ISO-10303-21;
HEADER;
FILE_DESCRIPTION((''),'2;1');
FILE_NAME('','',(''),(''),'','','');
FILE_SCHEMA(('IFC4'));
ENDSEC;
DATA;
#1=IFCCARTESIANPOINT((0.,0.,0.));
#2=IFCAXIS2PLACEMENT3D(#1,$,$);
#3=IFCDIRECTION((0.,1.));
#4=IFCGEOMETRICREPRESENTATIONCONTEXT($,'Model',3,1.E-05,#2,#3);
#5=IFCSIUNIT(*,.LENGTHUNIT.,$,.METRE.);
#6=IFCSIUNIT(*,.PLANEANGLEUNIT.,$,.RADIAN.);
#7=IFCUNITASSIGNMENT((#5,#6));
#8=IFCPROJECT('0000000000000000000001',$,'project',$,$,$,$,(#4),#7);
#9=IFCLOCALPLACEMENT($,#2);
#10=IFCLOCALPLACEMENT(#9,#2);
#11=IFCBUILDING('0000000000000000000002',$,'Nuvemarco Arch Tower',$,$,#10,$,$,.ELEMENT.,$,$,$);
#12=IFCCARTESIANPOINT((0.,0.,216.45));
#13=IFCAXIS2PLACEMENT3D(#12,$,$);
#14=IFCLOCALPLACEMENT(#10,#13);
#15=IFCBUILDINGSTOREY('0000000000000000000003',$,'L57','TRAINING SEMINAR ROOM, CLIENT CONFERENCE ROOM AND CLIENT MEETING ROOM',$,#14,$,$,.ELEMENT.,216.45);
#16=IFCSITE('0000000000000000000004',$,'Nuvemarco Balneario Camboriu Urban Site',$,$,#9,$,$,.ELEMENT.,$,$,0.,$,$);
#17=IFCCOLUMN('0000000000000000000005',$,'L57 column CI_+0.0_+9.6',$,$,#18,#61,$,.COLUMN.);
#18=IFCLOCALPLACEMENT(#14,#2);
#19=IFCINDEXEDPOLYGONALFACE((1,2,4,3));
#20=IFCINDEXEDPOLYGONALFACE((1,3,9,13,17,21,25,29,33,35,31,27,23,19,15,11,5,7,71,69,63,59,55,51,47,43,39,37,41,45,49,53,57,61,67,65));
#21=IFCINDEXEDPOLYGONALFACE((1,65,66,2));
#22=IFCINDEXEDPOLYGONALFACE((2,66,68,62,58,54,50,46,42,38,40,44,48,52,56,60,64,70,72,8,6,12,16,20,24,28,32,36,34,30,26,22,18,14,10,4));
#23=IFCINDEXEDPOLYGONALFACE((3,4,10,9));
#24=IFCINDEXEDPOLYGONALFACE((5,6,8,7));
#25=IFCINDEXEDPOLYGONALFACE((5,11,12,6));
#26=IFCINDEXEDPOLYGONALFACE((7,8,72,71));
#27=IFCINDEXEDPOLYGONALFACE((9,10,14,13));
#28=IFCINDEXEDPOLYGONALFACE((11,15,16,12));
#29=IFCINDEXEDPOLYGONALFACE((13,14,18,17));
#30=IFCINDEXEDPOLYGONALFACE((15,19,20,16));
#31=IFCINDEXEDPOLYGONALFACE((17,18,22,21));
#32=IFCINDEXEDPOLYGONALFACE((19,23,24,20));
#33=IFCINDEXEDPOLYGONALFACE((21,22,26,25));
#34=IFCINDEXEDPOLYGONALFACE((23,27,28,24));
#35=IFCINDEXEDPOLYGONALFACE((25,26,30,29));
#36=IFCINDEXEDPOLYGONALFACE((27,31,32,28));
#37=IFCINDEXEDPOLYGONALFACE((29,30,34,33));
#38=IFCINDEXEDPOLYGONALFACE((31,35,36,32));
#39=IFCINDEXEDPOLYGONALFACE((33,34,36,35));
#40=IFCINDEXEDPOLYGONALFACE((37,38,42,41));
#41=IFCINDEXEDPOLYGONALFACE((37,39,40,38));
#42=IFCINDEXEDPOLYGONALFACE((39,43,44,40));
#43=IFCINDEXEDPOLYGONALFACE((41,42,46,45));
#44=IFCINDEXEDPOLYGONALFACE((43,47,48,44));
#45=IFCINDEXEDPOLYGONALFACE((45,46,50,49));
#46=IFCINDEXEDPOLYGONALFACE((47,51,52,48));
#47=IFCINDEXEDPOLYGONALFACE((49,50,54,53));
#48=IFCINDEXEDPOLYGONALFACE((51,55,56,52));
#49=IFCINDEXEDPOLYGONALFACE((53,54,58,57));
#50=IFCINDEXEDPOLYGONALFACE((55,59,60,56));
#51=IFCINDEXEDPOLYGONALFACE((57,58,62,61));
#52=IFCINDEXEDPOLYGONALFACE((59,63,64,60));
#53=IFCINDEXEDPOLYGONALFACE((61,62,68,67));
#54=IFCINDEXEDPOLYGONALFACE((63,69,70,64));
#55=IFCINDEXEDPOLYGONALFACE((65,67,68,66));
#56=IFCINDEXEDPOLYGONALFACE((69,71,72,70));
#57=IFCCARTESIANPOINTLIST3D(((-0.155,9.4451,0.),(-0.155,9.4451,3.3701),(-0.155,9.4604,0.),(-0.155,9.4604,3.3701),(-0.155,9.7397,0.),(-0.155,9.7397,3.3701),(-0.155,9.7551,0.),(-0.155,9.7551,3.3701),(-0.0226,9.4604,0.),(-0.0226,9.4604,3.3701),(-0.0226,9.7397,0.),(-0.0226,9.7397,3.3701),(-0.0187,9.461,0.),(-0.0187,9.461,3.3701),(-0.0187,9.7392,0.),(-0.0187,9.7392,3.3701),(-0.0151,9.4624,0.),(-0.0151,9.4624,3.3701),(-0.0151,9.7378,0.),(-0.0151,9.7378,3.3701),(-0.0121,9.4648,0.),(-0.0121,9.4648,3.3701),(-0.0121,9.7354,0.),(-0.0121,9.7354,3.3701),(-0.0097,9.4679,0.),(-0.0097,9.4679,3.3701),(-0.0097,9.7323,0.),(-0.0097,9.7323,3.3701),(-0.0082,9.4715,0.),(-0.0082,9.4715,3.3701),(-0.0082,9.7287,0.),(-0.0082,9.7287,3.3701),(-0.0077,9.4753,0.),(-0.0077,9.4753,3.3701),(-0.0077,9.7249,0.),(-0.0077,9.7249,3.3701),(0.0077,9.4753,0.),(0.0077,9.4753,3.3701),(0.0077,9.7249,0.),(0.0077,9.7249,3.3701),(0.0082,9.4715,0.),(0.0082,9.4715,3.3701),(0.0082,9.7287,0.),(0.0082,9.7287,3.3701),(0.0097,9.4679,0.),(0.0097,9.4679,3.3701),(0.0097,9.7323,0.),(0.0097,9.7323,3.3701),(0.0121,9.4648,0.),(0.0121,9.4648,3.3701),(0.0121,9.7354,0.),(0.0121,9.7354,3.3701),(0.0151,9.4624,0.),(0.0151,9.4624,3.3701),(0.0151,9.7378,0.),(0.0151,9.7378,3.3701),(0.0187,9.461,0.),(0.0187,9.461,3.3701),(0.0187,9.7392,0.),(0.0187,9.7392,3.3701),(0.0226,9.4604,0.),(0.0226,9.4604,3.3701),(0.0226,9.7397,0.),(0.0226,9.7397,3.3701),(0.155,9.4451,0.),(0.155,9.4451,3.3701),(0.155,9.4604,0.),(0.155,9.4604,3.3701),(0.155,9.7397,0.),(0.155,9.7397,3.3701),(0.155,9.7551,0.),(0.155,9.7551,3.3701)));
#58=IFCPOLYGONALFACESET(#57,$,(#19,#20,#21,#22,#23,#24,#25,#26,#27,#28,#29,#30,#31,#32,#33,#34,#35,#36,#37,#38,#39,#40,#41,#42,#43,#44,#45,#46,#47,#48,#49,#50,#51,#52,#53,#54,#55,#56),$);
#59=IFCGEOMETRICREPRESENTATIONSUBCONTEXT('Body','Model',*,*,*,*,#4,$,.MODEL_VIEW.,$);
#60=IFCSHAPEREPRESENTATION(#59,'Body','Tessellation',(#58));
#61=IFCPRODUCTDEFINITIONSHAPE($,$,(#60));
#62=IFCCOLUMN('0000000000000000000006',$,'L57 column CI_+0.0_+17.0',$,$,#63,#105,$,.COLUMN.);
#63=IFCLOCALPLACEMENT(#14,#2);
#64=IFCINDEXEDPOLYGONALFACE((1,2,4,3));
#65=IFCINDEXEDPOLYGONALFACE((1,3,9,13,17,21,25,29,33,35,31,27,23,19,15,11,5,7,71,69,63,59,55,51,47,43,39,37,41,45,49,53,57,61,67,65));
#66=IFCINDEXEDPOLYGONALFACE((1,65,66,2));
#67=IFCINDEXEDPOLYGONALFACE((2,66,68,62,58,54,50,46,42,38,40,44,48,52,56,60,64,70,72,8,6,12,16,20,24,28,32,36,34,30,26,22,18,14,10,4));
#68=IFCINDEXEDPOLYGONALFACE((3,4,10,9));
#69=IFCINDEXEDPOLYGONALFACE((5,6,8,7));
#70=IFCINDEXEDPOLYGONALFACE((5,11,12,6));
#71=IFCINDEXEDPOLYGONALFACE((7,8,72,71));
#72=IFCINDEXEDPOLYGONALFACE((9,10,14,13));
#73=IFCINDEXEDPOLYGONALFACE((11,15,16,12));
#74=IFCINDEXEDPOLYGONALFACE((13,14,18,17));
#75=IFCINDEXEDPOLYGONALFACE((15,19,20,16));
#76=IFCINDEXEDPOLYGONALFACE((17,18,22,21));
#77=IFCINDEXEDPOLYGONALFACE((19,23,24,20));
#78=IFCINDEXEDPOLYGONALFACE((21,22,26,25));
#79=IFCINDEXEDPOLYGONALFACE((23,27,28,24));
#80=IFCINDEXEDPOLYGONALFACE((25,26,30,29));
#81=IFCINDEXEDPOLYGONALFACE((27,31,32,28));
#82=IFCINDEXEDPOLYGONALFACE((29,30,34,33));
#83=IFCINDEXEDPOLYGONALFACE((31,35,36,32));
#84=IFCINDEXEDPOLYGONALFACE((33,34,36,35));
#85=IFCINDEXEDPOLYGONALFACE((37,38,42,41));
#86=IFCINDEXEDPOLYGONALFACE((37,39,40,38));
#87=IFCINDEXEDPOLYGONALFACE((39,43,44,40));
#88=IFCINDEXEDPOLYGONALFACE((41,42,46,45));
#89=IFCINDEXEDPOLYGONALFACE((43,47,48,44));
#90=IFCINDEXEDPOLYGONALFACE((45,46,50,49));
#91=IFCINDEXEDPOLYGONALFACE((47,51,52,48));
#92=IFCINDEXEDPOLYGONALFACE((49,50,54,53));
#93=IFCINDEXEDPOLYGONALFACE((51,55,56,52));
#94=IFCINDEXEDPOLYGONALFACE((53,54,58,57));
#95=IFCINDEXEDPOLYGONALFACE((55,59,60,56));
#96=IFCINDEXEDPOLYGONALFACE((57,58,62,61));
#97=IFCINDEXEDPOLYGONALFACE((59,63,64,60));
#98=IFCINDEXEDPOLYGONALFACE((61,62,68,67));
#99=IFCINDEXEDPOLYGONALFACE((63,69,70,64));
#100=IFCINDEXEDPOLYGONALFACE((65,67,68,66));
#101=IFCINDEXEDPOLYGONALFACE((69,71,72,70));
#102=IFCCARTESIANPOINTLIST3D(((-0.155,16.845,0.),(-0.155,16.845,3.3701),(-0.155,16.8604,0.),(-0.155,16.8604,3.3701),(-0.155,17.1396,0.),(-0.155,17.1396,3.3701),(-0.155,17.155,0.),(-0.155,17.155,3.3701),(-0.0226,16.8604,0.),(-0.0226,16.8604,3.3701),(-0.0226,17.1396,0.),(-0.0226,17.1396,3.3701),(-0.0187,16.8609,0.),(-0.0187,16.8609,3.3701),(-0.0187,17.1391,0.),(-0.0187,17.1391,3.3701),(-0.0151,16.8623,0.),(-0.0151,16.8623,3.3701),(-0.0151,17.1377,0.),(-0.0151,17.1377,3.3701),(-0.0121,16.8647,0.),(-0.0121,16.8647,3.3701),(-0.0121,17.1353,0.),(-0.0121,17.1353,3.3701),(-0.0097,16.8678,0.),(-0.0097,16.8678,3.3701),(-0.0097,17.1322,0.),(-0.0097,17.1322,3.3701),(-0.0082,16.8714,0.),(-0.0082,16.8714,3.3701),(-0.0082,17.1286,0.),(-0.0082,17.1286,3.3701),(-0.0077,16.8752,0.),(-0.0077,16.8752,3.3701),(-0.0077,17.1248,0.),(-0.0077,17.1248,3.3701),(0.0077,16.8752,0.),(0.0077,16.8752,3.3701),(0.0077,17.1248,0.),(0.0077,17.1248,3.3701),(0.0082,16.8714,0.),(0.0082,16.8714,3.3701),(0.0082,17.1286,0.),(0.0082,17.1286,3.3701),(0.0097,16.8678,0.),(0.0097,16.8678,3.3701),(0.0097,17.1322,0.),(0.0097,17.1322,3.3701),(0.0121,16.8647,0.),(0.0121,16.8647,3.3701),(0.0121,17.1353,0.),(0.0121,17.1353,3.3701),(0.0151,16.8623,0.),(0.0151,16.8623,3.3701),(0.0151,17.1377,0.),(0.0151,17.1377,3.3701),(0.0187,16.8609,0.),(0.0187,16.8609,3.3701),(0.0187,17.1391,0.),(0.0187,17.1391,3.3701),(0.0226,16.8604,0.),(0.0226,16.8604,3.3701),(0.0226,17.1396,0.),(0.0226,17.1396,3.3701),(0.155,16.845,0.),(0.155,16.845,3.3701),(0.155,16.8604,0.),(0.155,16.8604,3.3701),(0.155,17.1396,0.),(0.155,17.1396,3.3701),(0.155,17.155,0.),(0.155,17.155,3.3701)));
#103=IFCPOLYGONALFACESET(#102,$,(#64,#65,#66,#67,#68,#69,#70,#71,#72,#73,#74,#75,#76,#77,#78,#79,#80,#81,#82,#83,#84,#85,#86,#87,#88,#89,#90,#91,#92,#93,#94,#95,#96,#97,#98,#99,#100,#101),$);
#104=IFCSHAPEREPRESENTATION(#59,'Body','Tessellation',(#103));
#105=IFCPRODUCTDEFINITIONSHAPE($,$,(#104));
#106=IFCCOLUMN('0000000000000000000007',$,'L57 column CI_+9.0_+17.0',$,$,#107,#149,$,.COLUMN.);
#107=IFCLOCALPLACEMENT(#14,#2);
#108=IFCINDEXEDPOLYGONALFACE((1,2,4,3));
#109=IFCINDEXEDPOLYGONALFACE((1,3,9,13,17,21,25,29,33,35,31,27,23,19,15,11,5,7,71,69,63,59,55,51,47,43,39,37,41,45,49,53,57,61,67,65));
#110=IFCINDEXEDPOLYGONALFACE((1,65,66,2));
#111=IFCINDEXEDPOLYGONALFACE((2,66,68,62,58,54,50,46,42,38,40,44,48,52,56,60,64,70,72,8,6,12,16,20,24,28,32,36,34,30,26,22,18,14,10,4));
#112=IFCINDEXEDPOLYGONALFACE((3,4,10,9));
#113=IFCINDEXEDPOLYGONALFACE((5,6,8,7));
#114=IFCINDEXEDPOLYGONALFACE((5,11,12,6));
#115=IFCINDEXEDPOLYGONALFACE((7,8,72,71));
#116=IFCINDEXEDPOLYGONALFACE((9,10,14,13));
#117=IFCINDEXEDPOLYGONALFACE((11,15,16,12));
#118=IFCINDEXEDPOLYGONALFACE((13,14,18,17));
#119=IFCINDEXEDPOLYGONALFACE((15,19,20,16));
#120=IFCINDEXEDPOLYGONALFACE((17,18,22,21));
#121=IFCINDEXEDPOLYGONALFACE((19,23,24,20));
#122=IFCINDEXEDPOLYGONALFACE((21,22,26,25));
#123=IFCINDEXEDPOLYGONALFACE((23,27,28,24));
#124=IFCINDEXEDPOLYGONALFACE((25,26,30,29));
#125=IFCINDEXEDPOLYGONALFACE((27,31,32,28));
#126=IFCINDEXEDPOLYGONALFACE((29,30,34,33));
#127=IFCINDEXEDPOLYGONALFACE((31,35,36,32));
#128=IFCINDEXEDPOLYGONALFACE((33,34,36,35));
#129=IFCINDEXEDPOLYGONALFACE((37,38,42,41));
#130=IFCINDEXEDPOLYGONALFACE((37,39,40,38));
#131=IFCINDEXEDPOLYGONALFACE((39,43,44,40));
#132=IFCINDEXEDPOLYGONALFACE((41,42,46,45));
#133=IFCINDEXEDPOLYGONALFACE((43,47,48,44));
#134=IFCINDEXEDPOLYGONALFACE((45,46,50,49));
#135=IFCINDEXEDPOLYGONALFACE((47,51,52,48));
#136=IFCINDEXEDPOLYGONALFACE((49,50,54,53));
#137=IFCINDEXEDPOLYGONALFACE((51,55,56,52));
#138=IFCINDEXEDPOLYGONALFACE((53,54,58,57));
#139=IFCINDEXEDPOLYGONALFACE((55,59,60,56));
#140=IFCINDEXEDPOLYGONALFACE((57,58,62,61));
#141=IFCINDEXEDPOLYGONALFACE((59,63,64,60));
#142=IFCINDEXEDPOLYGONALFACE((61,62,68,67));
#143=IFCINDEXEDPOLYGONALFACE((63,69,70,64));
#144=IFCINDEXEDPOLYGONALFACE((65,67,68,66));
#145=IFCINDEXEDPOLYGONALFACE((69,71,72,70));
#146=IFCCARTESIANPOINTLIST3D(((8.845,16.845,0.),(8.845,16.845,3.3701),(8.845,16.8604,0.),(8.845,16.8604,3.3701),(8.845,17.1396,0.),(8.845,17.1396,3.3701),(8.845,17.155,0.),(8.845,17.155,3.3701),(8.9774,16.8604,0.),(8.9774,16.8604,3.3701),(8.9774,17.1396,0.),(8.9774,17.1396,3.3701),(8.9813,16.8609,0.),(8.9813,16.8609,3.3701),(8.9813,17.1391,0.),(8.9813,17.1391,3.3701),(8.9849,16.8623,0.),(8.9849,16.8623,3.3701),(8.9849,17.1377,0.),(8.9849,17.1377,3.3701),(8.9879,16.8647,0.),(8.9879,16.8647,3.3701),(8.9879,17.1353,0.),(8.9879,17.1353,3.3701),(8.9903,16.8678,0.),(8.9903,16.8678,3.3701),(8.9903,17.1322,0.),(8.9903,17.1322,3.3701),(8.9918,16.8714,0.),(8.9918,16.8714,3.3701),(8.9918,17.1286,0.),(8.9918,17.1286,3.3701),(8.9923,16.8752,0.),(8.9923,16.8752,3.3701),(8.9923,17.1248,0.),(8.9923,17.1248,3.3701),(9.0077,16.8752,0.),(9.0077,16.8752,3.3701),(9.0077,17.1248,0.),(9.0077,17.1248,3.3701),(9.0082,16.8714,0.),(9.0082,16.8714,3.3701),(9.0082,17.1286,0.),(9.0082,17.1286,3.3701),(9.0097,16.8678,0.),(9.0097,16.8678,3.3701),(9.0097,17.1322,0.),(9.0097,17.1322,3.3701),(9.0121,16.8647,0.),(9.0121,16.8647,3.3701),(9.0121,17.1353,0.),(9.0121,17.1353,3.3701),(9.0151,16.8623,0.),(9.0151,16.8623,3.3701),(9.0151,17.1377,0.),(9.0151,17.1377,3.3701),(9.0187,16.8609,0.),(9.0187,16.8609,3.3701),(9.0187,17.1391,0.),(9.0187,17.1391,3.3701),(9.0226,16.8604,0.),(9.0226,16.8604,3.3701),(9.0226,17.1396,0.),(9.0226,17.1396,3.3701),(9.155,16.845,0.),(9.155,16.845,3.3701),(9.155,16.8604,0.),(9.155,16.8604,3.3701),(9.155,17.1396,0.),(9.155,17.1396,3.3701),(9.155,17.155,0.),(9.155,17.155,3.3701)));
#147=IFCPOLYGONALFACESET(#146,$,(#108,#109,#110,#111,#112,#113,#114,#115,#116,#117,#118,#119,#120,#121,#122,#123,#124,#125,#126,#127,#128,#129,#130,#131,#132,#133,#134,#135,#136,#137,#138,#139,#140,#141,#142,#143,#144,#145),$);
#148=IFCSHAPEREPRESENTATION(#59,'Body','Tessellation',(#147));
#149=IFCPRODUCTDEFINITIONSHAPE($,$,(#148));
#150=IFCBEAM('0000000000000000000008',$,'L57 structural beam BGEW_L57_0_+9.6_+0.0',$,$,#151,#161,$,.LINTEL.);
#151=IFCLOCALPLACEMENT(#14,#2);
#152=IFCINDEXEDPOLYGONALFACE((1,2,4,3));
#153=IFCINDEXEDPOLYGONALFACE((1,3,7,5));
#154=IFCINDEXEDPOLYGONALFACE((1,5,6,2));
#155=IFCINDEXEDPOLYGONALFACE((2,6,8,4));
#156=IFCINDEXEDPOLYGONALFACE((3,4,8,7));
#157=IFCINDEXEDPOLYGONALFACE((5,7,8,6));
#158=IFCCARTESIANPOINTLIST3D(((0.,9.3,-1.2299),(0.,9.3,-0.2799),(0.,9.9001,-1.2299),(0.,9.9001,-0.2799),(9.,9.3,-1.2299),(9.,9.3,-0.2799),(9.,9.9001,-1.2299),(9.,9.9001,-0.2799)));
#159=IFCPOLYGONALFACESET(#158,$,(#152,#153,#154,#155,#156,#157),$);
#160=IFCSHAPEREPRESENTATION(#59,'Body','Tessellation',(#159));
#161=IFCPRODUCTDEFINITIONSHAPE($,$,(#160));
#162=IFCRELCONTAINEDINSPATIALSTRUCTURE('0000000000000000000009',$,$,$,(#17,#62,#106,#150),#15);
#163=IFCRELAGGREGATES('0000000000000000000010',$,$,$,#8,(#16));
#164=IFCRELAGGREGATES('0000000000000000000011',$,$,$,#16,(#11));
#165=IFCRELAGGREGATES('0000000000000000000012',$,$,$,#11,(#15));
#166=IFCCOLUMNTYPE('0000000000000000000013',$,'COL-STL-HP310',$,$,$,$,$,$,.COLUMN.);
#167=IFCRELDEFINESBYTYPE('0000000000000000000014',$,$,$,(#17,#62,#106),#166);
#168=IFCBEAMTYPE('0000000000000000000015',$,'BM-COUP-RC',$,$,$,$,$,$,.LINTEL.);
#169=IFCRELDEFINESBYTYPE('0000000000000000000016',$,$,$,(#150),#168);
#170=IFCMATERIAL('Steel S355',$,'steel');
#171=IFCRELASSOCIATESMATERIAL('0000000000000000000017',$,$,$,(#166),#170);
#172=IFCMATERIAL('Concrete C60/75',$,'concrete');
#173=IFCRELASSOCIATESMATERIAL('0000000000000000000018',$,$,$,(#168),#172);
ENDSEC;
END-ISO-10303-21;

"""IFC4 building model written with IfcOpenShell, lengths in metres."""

from ifc_helpers import new_model, si_unit, direction, frame, origin, origin_2d, place, context, subcontext, project, spatial, rectangle, i_section, extrude, material, material_profile, profile_set, type_object, element, save


model = new_model("IFC4")

# Units and contexts
model_context = context("Model", 3, precision=1e-05, world=origin(), true_north=direction((0.0, 1.0)))
body_context = subcontext(model_context, "Body", "Model", "MODEL_VIEW")
ifc_project = project(units=[si_unit("LENGTHUNIT", "METRE"), si_unit("PLANEANGLEUNIT", "RADIAN")], contexts=[model_context])

# Site, building, storey
site_placement = place(None, origin())
site = spatial("IfcSite", under=ifc_project, at=site_placement, Name="Nuvemarco Balneario Camboriu Urban Site", CompositionType="ELEMENT", RefElevation=0.0)
building_placement = place(site_placement, origin())
building = spatial("IfcBuilding", under=site, at=building_placement, Name="Nuvemarco Arch Tower", CompositionType="ELEMENT")
storey_placement = place(building_placement, frame((0.0, 0.0, 216.45)))
storey = spatial("IfcBuildingStorey", under=building, at=storey_placement, Name="L57", Description="TRAINING SEMINAR ROOM, CLIENT CONFERENCE ROOM AND CLIENT MEETING ROOM", CompositionType="ELEMENT", Elevation=216.45)

# Columns
ifc_material_1 = material(Name="Steel S355", Category="steel")
ifc_material_profile_1 = material_profile(ifc_material_1, i_section(OverallWidth=0.3101, OverallDepth=0.3101, WebThickness=0.0154, FlangeThickness=0.0154, FilletRadius=0.0149, at=origin_2d()), Name="HP310x110")
ifc_profile_set_1 = profile_set([ifc_material_profile_1], Name="Steel S355")
column_type_1 = type_object("IfcColumnType", Name="COL-STL-HP310", PredefinedType="COLUMN", material=ifc_profile_set_1)
for number, where, z_axis, x_axis, name in (
    (1, (0.0, 9.6001, 0.0), (0.0, 0.0, 1.0), (1.0, 0.0, 0.0), "L57 column CI_+0.0_+9.6"),
    (2, (0.0, 17.0, 0.0), (0.0, 0.0, 1.0), (1.0, 0.0, 0.0), "L57 column CI_+0.0_+17.0"),
    (3, (9.0, 17.0, 0.0), (0.0, 0.0, 1.0), (1.0, 0.0, 0.0), "L57 column CI_+9.0_+17.0"),
):
    element("IfcColumn", number, at=place(storey_placement, frame(where, z_axis=z_axis, x_axis=x_axis)), inside=storey, type_object=column_type_1, Name=name, PredefinedType="COLUMN", context=body_context, shape_type="SweptSolid", body=[
        extrude(i_section(OverallWidth=0.3101, OverallDepth=0.3101, WebThickness=0.0154, FlangeThickness=0.0154, FilletRadius=0.0149, at=origin_2d()), origin(), (0.0, 0.0, 1.0), 3.3701),
    ])

# Beam
ifc_material_2 = material(Name="Concrete C60/75", Category="concrete")
ifc_material_profile_2 = material_profile(ifc_material_2, rectangle(XDim=0.6001, YDim=0.95, at=origin_2d()), Name="RC-BM-600x950")
ifc_profile_set_2 = profile_set([ifc_material_profile_2], Name="Concrete C60/75")
beam_type_1 = type_object("IfcBeamType", Name="BM-COUP-RC", PredefinedType="LINTEL", material=ifc_profile_set_2)
beam_1_placement = place(storey_placement, frame((0.0, 9.6001, -0.7549), z_axis=(1.0, 0.0, 0.0), x_axis=(0.0, 1.0, 0.0)))
element("IfcBeam", 4, at=beam_1_placement, inside=storey, type_object=beam_type_1, Name="L57 structural beam BGEW_L57_0_+9.6_+0.0", PredefinedType="LINTEL", context=body_context, shape_type="SweptSolid", body=[
    extrude(rectangle(XDim=0.6001, YDim=0.95, at=origin_2d()), origin(), (0.0, 0.0, 1.0), 9.0),
])

save(model, "model.ifc")
